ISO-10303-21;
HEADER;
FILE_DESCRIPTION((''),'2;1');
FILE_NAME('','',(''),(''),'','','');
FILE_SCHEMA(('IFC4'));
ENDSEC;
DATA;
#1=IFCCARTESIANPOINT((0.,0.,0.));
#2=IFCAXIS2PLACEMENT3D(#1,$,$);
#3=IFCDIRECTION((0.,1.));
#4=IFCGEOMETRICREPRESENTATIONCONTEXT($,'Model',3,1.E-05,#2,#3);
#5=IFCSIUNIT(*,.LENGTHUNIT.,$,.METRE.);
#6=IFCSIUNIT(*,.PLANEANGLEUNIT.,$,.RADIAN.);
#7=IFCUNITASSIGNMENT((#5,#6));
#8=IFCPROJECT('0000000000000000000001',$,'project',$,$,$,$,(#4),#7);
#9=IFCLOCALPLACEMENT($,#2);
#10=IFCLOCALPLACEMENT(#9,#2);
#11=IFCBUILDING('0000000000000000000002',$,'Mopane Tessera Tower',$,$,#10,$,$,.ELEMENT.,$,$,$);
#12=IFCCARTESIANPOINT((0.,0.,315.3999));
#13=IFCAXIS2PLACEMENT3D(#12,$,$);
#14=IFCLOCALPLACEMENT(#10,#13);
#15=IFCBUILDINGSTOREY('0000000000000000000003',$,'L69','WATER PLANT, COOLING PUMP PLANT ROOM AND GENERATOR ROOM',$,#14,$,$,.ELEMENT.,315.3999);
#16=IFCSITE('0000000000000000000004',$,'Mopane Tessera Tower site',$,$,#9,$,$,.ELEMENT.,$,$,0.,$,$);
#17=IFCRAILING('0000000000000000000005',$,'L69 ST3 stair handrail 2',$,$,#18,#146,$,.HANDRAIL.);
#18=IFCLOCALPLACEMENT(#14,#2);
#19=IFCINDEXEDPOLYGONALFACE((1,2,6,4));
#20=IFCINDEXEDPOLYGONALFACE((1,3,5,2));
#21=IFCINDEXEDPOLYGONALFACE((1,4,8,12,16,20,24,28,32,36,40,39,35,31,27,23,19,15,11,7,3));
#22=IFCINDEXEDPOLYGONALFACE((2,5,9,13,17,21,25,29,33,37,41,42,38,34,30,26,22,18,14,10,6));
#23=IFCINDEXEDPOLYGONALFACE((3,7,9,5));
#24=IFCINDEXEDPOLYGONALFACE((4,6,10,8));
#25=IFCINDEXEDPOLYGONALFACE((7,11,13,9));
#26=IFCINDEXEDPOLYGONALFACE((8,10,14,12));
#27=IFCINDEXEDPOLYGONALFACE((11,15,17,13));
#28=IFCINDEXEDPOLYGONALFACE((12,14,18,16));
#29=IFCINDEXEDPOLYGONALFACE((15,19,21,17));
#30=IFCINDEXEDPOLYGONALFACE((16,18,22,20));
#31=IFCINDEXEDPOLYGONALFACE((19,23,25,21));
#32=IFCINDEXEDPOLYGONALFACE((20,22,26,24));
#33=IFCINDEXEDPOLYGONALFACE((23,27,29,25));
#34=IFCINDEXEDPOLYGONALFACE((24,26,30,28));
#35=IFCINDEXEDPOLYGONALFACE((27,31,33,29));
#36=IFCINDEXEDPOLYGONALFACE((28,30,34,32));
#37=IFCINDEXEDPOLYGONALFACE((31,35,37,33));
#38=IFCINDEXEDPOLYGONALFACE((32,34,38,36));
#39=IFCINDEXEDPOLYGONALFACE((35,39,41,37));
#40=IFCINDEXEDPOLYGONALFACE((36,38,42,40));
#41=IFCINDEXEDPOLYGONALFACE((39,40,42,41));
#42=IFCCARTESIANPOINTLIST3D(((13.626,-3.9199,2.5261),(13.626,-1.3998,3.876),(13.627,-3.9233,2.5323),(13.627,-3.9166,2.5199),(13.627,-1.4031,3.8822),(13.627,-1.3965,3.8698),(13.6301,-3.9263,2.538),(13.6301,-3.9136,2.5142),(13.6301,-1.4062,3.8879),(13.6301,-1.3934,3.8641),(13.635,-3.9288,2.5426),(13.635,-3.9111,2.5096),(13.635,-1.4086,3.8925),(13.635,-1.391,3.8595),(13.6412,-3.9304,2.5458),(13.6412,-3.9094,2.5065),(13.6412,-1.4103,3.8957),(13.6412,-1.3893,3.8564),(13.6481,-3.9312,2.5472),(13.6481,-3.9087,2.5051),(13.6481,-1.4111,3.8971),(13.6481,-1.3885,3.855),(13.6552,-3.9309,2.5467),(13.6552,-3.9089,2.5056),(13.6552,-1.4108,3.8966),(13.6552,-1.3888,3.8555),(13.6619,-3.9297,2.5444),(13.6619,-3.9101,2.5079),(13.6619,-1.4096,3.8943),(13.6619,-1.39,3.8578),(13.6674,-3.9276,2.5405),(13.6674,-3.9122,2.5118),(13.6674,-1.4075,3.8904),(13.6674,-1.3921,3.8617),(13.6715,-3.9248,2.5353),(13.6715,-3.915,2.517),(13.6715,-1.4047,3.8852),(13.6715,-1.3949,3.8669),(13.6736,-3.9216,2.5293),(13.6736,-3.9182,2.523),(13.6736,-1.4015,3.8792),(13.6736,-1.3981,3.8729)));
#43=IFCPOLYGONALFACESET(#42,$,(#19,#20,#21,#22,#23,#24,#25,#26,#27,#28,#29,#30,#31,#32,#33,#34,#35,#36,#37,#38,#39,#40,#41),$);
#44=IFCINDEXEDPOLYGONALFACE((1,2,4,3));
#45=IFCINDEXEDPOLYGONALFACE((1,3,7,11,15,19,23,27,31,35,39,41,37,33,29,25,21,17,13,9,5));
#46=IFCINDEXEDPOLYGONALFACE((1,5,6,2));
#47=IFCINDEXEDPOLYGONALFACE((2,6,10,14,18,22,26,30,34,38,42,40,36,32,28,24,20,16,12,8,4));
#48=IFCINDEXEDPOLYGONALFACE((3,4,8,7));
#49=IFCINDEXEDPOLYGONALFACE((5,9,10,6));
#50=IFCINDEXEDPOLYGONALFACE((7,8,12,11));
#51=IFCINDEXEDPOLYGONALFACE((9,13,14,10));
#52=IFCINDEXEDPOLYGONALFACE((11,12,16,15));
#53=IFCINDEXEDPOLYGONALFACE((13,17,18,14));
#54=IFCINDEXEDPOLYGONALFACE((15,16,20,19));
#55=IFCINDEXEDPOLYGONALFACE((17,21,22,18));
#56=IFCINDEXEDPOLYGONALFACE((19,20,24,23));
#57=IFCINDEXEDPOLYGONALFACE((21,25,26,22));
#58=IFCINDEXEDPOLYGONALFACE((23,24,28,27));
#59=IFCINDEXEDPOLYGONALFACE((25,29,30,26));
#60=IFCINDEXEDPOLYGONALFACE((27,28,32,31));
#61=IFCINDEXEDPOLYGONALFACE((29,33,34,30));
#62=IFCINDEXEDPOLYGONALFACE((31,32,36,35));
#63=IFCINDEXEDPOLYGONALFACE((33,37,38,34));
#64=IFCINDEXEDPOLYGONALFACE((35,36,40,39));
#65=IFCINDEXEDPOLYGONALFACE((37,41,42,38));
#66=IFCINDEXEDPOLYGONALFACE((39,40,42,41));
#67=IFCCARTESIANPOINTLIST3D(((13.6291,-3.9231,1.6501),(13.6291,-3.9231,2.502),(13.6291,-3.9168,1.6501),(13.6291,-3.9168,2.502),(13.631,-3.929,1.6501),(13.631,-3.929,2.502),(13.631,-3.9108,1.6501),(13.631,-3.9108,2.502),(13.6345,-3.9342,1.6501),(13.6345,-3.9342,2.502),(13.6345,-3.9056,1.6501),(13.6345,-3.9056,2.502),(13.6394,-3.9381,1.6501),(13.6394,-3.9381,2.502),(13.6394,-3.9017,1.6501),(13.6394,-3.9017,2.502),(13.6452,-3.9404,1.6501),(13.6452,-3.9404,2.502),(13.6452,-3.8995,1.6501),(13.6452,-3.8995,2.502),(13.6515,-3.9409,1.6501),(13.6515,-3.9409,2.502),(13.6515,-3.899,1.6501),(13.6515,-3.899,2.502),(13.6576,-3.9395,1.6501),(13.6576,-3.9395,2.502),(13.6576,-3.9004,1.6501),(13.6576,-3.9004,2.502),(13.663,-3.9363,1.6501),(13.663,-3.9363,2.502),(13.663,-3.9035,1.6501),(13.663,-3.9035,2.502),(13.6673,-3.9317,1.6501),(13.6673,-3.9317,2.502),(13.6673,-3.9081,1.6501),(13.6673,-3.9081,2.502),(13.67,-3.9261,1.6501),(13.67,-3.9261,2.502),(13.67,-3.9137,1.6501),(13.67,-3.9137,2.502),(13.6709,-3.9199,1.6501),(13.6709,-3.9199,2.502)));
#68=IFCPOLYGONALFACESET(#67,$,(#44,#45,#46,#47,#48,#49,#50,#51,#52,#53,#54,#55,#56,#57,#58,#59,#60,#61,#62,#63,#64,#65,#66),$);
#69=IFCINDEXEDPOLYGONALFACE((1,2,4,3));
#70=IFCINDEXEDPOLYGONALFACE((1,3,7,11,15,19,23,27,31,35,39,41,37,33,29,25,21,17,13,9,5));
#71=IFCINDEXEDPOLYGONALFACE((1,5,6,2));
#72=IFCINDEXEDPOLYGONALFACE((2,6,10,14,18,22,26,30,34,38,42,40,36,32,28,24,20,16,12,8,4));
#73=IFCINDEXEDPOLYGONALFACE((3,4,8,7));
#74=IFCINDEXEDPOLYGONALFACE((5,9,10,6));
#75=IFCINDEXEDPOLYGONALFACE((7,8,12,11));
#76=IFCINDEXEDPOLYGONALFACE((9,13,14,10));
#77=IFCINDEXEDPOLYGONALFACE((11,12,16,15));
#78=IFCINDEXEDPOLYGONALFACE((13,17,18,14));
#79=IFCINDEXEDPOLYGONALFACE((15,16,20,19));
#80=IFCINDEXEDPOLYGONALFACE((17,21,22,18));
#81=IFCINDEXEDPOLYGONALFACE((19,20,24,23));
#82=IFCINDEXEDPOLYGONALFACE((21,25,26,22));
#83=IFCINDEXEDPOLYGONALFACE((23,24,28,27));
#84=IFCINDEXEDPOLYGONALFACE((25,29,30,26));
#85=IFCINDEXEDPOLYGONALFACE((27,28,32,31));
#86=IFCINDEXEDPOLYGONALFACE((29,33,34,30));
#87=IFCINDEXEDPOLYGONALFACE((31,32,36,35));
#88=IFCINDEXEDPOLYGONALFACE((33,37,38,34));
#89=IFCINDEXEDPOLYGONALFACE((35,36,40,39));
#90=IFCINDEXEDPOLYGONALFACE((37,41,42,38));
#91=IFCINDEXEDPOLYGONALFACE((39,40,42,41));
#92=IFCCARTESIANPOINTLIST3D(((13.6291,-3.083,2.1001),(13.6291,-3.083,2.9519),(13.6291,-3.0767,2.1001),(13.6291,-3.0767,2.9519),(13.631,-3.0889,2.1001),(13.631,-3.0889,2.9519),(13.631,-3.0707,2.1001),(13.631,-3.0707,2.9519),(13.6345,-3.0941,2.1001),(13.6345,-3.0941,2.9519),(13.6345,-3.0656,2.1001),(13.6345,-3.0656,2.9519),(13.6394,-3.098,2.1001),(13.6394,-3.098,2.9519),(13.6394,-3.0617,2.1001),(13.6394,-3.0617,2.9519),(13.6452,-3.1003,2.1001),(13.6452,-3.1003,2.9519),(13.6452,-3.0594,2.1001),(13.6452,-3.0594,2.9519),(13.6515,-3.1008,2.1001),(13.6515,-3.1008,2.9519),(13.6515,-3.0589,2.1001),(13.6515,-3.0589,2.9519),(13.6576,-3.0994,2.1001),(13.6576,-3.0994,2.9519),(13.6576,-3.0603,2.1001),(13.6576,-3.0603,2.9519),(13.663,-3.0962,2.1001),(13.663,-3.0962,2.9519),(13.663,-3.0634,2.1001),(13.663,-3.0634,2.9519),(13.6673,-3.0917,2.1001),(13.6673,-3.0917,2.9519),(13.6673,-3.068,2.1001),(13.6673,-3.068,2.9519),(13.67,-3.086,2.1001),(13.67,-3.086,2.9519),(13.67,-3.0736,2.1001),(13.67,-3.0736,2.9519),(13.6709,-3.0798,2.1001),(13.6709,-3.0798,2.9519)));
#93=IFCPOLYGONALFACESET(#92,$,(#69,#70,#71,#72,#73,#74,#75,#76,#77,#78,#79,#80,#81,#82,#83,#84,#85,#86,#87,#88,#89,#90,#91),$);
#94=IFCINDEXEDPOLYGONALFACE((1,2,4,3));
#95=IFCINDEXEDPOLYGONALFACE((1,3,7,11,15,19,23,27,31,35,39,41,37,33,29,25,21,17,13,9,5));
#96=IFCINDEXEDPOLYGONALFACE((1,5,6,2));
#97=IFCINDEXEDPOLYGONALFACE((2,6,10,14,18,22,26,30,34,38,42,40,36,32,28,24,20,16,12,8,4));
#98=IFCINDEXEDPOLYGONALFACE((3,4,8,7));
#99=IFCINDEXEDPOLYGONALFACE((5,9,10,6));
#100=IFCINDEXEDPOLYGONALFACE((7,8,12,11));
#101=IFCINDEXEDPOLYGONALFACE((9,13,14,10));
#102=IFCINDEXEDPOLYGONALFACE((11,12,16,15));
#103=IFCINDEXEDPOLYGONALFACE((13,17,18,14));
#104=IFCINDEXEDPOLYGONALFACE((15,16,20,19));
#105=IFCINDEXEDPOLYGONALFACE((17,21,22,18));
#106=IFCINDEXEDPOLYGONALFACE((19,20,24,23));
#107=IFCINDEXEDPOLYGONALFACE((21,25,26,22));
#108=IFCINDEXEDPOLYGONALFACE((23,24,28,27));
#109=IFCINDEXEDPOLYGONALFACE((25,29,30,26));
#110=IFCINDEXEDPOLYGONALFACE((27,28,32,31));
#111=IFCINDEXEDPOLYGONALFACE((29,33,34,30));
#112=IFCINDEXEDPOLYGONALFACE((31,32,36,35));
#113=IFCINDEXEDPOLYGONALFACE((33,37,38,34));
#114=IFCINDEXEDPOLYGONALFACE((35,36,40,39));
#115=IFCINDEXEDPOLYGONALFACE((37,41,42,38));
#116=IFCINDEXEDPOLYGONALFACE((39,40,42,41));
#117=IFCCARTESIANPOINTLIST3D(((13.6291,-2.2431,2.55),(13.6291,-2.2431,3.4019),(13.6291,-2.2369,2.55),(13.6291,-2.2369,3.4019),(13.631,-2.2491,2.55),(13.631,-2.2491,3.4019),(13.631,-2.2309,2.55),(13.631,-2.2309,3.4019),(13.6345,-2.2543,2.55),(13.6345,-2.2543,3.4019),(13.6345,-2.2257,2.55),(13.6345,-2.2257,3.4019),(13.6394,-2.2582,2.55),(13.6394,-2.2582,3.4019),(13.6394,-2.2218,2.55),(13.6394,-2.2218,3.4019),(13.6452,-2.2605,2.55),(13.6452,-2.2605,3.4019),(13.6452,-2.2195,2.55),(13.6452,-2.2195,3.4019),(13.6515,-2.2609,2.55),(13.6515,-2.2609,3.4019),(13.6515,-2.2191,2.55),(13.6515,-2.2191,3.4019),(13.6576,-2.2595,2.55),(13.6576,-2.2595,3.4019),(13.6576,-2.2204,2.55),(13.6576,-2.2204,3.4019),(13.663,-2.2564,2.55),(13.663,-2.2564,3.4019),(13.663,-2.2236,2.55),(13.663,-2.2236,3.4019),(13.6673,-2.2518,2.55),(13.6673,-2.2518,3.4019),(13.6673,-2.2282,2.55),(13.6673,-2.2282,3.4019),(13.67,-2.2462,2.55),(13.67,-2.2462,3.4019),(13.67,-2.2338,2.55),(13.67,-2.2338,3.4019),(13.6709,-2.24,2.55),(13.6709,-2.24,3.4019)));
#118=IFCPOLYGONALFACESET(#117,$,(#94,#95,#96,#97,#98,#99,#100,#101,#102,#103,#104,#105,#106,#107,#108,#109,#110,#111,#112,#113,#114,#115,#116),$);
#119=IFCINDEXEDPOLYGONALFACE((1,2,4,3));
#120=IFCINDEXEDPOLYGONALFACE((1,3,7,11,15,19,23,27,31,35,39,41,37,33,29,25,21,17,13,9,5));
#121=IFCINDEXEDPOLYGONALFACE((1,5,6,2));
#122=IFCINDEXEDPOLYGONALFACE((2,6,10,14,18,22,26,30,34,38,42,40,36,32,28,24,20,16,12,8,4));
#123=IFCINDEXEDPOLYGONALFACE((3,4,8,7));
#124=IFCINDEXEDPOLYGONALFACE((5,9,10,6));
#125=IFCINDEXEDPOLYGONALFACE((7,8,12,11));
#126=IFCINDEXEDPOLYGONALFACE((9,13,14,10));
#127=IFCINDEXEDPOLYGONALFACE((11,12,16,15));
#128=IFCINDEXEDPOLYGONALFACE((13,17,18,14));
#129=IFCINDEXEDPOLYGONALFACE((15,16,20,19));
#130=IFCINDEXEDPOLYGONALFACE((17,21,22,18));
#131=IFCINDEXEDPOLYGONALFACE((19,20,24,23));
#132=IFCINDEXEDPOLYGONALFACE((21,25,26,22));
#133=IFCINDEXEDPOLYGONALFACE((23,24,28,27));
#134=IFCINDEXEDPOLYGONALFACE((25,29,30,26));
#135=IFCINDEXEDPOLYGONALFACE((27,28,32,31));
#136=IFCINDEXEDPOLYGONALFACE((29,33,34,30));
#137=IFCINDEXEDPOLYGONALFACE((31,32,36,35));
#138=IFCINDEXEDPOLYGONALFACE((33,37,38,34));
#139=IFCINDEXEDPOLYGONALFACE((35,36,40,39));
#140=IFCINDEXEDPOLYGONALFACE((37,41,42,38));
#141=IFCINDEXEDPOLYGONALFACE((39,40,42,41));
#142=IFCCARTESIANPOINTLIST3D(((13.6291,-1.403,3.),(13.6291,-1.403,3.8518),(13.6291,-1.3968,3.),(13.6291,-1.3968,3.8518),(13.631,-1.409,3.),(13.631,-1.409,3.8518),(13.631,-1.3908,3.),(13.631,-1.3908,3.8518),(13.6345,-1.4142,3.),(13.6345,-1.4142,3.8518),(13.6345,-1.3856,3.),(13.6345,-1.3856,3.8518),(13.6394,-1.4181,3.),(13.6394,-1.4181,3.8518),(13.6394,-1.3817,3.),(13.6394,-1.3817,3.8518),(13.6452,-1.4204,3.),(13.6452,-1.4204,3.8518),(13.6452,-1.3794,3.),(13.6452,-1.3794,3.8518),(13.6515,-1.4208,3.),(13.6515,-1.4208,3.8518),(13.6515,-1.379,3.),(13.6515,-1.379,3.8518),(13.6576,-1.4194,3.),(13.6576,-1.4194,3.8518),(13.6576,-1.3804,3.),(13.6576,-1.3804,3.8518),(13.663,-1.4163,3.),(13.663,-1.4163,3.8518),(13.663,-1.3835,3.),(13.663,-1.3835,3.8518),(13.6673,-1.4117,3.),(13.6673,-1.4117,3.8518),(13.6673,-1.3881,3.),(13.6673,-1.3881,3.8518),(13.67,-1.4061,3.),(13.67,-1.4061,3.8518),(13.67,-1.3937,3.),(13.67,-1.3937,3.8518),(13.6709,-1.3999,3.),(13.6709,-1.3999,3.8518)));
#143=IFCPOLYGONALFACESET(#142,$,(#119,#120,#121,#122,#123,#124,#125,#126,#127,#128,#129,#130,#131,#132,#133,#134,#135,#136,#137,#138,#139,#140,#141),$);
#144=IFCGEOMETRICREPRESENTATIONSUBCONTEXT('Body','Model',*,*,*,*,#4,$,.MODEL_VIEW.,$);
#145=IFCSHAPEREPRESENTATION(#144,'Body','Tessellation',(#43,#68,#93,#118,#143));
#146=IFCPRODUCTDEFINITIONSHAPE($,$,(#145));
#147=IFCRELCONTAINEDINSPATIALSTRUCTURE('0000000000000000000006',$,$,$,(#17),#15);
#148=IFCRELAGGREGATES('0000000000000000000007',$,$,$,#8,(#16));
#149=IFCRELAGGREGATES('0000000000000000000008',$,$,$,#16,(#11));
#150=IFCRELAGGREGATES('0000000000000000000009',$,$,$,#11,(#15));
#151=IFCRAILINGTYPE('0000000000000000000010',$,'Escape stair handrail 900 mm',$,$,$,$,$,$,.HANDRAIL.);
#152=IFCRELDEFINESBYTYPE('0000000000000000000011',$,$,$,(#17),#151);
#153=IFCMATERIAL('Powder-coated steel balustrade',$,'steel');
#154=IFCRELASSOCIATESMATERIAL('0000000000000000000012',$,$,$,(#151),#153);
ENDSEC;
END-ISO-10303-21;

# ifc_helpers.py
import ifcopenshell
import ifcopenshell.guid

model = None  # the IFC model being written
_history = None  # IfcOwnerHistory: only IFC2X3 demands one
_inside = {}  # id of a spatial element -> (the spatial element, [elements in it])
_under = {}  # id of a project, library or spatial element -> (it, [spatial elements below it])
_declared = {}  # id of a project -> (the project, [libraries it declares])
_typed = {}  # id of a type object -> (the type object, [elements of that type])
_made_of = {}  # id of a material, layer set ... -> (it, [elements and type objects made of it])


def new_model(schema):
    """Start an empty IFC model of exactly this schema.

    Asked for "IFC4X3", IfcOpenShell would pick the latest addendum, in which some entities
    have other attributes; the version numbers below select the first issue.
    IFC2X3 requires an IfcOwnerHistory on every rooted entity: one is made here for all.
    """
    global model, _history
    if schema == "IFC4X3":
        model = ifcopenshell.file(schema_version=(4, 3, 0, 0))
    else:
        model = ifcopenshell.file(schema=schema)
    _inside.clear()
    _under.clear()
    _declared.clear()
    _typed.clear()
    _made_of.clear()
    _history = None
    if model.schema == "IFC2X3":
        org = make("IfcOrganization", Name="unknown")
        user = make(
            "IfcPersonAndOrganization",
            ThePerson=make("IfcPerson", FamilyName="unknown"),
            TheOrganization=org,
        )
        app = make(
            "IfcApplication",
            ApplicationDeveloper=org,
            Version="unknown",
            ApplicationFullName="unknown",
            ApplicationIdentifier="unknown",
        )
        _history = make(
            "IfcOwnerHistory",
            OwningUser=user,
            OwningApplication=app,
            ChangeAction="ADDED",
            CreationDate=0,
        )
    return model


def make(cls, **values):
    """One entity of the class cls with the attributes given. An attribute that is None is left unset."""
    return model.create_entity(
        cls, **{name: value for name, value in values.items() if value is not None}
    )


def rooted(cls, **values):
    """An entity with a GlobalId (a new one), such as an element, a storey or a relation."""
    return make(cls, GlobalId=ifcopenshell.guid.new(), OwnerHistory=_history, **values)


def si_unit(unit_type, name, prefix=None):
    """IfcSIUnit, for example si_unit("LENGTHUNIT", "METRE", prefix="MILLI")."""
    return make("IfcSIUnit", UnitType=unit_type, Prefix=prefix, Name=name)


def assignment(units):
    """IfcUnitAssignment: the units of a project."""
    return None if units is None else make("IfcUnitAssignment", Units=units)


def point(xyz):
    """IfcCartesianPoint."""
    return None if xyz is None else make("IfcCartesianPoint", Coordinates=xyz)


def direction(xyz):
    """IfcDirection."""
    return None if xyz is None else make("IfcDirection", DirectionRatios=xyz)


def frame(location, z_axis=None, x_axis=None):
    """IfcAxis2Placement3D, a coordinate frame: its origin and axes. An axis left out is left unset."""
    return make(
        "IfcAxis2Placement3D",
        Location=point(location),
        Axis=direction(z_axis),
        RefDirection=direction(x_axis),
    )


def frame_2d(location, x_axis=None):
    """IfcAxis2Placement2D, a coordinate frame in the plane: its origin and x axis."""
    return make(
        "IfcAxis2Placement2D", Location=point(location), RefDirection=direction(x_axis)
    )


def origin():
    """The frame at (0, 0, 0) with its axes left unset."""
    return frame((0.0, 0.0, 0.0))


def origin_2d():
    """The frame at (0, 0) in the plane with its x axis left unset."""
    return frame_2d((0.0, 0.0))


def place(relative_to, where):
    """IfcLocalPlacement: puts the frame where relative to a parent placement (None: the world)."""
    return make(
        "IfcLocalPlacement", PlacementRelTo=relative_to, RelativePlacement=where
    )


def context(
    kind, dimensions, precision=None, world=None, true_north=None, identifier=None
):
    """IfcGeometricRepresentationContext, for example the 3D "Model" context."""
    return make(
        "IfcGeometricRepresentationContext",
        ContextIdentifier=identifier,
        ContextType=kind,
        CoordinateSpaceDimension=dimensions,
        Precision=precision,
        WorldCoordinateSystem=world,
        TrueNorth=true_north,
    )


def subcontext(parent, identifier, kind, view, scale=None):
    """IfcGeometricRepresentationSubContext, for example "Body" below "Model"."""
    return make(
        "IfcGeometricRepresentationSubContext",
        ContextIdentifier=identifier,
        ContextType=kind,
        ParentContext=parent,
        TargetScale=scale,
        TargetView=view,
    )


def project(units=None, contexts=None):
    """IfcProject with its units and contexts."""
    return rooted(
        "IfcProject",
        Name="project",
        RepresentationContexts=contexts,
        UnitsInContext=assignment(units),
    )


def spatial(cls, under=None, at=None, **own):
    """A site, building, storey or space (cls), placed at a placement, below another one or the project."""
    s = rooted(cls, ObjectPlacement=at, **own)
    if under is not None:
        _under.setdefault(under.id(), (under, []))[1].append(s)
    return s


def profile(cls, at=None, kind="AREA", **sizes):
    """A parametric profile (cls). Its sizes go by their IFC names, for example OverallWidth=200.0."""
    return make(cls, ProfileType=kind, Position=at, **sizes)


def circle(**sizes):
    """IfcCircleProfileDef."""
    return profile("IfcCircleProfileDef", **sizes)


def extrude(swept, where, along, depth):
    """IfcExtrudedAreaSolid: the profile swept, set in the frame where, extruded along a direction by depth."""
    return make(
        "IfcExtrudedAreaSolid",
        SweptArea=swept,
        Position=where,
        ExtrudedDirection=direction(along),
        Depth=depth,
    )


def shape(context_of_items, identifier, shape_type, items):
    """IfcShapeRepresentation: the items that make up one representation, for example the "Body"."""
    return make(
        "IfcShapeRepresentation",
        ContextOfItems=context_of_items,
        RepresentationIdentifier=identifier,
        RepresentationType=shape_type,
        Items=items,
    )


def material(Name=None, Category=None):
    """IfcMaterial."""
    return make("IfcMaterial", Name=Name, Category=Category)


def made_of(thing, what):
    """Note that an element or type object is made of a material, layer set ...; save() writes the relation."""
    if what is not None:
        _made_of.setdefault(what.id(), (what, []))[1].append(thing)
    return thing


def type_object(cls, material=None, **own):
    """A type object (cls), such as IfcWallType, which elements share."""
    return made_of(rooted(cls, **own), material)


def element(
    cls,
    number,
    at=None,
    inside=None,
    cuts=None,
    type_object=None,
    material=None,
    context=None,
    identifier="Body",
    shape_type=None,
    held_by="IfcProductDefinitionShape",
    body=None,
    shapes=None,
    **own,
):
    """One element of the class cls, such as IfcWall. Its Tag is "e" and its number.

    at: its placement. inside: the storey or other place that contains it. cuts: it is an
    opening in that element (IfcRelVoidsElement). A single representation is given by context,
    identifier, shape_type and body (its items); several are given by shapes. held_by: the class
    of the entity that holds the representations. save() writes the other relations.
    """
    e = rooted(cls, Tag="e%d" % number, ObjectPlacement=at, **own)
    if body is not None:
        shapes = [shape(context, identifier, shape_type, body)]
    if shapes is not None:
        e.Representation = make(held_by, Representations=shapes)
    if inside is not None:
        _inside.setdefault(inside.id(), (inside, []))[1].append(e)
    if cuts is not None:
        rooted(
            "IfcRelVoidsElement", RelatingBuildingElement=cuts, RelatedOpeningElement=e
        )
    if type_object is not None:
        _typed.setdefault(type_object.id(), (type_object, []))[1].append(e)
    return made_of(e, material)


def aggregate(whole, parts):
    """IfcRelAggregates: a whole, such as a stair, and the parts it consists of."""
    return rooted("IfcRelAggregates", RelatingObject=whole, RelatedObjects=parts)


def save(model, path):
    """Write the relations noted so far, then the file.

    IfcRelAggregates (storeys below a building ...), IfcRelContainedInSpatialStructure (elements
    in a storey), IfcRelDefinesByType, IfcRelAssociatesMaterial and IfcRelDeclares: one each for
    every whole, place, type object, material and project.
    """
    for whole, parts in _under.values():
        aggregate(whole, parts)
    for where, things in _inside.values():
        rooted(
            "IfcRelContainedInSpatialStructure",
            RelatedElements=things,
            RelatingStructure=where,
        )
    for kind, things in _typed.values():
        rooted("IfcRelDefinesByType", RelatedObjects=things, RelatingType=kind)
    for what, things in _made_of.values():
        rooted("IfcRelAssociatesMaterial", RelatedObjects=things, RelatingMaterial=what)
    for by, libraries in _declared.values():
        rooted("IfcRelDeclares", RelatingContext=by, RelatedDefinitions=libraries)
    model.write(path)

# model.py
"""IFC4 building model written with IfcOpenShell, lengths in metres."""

from ifc_helpers import new_model, si_unit, direction, frame, origin, origin_2d, place, context, subcontext, project, spatial, circle, extrude, material, type_object, element, save


model = new_model("IFC4")

# Units and contexts
model_context = context("Model", 3, precision=1e-05, world=origin(), true_north=direction((0.0, 1.0)))
body_context = subcontext(model_context, "Body", "Model", "MODEL_VIEW")
ifc_project = project(units=[si_unit("LENGTHUNIT", "METRE"), si_unit("PLANEANGLEUNIT", "RADIAN")], contexts=[model_context])

# Site, building, storey
site_placement = place(None, origin())
site = spatial("IfcSite", under=ifc_project, at=site_placement, Name="Mopane Tessera Tower site", CompositionType="ELEMENT", RefElevation=0.0)
building_placement = place(site_placement, origin())
building = spatial("IfcBuilding", under=site, at=building_placement, Name="Mopane Tessera Tower", CompositionType="ELEMENT")
storey_placement = place(building_placement, frame((0.0, 0.0, 315.3999)))
storey = spatial("IfcBuildingStorey", under=building, at=storey_placement, Name="L69", Description="WATER PLANT, COOLING PUMP PLANT ROOM AND GENERATOR ROOM", CompositionType="ELEMENT", Elevation=315.3999)

# Railing
ifc_material_1 = material(Name="Powder-coated steel balustrade", Category="steel")
railing_type_1 = type_object("IfcRailingType", Name="Escape stair handrail 900 mm", PredefinedType="HANDRAIL", material=ifc_material_1)
railing_1_placement = place(storey_placement, frame((13.6499, -3.9199, 1.6501)))
element("IfcRailing", 1, at=railing_1_placement, inside=storey, type_object=railing_type_1, Name="L69 ST3 stair handrail 2", PredefinedType="HANDRAIL", context=body_context, shape_type="SweptSolid", body=[
    extrude(circle(Radius=0.0239, at=origin_2d()), frame((0.0, 0.0, 0.876), z_axis=(0.0, 0.881503, 0.472179), x_axis=(-1.0, 0.0, 0.0)), (0.0, 0.0, 1.0), 2.8589),
    extrude(circle(Radius=0.021, at=origin_2d()), origin(), (0.0, 0.0, 1.0), 0.8518),
    extrude(circle(Radius=0.021, at=origin_2d()), frame((0.0, 0.8401, 0.45)), (0.0, 0.0, 1.0), 0.8518),
    extrude(circle(Radius=0.021, at=origin_2d()), frame((0.0, 1.6799, 0.8999)), (0.0, 0.0, 1.0), 0.8518),
    extrude(circle(Radius=0.021, at=origin_2d()), frame((0.0, 2.52, 1.3499)), (0.0, 0.0, 1.0), 0.8518),
])

save(model, "model.ifc")
